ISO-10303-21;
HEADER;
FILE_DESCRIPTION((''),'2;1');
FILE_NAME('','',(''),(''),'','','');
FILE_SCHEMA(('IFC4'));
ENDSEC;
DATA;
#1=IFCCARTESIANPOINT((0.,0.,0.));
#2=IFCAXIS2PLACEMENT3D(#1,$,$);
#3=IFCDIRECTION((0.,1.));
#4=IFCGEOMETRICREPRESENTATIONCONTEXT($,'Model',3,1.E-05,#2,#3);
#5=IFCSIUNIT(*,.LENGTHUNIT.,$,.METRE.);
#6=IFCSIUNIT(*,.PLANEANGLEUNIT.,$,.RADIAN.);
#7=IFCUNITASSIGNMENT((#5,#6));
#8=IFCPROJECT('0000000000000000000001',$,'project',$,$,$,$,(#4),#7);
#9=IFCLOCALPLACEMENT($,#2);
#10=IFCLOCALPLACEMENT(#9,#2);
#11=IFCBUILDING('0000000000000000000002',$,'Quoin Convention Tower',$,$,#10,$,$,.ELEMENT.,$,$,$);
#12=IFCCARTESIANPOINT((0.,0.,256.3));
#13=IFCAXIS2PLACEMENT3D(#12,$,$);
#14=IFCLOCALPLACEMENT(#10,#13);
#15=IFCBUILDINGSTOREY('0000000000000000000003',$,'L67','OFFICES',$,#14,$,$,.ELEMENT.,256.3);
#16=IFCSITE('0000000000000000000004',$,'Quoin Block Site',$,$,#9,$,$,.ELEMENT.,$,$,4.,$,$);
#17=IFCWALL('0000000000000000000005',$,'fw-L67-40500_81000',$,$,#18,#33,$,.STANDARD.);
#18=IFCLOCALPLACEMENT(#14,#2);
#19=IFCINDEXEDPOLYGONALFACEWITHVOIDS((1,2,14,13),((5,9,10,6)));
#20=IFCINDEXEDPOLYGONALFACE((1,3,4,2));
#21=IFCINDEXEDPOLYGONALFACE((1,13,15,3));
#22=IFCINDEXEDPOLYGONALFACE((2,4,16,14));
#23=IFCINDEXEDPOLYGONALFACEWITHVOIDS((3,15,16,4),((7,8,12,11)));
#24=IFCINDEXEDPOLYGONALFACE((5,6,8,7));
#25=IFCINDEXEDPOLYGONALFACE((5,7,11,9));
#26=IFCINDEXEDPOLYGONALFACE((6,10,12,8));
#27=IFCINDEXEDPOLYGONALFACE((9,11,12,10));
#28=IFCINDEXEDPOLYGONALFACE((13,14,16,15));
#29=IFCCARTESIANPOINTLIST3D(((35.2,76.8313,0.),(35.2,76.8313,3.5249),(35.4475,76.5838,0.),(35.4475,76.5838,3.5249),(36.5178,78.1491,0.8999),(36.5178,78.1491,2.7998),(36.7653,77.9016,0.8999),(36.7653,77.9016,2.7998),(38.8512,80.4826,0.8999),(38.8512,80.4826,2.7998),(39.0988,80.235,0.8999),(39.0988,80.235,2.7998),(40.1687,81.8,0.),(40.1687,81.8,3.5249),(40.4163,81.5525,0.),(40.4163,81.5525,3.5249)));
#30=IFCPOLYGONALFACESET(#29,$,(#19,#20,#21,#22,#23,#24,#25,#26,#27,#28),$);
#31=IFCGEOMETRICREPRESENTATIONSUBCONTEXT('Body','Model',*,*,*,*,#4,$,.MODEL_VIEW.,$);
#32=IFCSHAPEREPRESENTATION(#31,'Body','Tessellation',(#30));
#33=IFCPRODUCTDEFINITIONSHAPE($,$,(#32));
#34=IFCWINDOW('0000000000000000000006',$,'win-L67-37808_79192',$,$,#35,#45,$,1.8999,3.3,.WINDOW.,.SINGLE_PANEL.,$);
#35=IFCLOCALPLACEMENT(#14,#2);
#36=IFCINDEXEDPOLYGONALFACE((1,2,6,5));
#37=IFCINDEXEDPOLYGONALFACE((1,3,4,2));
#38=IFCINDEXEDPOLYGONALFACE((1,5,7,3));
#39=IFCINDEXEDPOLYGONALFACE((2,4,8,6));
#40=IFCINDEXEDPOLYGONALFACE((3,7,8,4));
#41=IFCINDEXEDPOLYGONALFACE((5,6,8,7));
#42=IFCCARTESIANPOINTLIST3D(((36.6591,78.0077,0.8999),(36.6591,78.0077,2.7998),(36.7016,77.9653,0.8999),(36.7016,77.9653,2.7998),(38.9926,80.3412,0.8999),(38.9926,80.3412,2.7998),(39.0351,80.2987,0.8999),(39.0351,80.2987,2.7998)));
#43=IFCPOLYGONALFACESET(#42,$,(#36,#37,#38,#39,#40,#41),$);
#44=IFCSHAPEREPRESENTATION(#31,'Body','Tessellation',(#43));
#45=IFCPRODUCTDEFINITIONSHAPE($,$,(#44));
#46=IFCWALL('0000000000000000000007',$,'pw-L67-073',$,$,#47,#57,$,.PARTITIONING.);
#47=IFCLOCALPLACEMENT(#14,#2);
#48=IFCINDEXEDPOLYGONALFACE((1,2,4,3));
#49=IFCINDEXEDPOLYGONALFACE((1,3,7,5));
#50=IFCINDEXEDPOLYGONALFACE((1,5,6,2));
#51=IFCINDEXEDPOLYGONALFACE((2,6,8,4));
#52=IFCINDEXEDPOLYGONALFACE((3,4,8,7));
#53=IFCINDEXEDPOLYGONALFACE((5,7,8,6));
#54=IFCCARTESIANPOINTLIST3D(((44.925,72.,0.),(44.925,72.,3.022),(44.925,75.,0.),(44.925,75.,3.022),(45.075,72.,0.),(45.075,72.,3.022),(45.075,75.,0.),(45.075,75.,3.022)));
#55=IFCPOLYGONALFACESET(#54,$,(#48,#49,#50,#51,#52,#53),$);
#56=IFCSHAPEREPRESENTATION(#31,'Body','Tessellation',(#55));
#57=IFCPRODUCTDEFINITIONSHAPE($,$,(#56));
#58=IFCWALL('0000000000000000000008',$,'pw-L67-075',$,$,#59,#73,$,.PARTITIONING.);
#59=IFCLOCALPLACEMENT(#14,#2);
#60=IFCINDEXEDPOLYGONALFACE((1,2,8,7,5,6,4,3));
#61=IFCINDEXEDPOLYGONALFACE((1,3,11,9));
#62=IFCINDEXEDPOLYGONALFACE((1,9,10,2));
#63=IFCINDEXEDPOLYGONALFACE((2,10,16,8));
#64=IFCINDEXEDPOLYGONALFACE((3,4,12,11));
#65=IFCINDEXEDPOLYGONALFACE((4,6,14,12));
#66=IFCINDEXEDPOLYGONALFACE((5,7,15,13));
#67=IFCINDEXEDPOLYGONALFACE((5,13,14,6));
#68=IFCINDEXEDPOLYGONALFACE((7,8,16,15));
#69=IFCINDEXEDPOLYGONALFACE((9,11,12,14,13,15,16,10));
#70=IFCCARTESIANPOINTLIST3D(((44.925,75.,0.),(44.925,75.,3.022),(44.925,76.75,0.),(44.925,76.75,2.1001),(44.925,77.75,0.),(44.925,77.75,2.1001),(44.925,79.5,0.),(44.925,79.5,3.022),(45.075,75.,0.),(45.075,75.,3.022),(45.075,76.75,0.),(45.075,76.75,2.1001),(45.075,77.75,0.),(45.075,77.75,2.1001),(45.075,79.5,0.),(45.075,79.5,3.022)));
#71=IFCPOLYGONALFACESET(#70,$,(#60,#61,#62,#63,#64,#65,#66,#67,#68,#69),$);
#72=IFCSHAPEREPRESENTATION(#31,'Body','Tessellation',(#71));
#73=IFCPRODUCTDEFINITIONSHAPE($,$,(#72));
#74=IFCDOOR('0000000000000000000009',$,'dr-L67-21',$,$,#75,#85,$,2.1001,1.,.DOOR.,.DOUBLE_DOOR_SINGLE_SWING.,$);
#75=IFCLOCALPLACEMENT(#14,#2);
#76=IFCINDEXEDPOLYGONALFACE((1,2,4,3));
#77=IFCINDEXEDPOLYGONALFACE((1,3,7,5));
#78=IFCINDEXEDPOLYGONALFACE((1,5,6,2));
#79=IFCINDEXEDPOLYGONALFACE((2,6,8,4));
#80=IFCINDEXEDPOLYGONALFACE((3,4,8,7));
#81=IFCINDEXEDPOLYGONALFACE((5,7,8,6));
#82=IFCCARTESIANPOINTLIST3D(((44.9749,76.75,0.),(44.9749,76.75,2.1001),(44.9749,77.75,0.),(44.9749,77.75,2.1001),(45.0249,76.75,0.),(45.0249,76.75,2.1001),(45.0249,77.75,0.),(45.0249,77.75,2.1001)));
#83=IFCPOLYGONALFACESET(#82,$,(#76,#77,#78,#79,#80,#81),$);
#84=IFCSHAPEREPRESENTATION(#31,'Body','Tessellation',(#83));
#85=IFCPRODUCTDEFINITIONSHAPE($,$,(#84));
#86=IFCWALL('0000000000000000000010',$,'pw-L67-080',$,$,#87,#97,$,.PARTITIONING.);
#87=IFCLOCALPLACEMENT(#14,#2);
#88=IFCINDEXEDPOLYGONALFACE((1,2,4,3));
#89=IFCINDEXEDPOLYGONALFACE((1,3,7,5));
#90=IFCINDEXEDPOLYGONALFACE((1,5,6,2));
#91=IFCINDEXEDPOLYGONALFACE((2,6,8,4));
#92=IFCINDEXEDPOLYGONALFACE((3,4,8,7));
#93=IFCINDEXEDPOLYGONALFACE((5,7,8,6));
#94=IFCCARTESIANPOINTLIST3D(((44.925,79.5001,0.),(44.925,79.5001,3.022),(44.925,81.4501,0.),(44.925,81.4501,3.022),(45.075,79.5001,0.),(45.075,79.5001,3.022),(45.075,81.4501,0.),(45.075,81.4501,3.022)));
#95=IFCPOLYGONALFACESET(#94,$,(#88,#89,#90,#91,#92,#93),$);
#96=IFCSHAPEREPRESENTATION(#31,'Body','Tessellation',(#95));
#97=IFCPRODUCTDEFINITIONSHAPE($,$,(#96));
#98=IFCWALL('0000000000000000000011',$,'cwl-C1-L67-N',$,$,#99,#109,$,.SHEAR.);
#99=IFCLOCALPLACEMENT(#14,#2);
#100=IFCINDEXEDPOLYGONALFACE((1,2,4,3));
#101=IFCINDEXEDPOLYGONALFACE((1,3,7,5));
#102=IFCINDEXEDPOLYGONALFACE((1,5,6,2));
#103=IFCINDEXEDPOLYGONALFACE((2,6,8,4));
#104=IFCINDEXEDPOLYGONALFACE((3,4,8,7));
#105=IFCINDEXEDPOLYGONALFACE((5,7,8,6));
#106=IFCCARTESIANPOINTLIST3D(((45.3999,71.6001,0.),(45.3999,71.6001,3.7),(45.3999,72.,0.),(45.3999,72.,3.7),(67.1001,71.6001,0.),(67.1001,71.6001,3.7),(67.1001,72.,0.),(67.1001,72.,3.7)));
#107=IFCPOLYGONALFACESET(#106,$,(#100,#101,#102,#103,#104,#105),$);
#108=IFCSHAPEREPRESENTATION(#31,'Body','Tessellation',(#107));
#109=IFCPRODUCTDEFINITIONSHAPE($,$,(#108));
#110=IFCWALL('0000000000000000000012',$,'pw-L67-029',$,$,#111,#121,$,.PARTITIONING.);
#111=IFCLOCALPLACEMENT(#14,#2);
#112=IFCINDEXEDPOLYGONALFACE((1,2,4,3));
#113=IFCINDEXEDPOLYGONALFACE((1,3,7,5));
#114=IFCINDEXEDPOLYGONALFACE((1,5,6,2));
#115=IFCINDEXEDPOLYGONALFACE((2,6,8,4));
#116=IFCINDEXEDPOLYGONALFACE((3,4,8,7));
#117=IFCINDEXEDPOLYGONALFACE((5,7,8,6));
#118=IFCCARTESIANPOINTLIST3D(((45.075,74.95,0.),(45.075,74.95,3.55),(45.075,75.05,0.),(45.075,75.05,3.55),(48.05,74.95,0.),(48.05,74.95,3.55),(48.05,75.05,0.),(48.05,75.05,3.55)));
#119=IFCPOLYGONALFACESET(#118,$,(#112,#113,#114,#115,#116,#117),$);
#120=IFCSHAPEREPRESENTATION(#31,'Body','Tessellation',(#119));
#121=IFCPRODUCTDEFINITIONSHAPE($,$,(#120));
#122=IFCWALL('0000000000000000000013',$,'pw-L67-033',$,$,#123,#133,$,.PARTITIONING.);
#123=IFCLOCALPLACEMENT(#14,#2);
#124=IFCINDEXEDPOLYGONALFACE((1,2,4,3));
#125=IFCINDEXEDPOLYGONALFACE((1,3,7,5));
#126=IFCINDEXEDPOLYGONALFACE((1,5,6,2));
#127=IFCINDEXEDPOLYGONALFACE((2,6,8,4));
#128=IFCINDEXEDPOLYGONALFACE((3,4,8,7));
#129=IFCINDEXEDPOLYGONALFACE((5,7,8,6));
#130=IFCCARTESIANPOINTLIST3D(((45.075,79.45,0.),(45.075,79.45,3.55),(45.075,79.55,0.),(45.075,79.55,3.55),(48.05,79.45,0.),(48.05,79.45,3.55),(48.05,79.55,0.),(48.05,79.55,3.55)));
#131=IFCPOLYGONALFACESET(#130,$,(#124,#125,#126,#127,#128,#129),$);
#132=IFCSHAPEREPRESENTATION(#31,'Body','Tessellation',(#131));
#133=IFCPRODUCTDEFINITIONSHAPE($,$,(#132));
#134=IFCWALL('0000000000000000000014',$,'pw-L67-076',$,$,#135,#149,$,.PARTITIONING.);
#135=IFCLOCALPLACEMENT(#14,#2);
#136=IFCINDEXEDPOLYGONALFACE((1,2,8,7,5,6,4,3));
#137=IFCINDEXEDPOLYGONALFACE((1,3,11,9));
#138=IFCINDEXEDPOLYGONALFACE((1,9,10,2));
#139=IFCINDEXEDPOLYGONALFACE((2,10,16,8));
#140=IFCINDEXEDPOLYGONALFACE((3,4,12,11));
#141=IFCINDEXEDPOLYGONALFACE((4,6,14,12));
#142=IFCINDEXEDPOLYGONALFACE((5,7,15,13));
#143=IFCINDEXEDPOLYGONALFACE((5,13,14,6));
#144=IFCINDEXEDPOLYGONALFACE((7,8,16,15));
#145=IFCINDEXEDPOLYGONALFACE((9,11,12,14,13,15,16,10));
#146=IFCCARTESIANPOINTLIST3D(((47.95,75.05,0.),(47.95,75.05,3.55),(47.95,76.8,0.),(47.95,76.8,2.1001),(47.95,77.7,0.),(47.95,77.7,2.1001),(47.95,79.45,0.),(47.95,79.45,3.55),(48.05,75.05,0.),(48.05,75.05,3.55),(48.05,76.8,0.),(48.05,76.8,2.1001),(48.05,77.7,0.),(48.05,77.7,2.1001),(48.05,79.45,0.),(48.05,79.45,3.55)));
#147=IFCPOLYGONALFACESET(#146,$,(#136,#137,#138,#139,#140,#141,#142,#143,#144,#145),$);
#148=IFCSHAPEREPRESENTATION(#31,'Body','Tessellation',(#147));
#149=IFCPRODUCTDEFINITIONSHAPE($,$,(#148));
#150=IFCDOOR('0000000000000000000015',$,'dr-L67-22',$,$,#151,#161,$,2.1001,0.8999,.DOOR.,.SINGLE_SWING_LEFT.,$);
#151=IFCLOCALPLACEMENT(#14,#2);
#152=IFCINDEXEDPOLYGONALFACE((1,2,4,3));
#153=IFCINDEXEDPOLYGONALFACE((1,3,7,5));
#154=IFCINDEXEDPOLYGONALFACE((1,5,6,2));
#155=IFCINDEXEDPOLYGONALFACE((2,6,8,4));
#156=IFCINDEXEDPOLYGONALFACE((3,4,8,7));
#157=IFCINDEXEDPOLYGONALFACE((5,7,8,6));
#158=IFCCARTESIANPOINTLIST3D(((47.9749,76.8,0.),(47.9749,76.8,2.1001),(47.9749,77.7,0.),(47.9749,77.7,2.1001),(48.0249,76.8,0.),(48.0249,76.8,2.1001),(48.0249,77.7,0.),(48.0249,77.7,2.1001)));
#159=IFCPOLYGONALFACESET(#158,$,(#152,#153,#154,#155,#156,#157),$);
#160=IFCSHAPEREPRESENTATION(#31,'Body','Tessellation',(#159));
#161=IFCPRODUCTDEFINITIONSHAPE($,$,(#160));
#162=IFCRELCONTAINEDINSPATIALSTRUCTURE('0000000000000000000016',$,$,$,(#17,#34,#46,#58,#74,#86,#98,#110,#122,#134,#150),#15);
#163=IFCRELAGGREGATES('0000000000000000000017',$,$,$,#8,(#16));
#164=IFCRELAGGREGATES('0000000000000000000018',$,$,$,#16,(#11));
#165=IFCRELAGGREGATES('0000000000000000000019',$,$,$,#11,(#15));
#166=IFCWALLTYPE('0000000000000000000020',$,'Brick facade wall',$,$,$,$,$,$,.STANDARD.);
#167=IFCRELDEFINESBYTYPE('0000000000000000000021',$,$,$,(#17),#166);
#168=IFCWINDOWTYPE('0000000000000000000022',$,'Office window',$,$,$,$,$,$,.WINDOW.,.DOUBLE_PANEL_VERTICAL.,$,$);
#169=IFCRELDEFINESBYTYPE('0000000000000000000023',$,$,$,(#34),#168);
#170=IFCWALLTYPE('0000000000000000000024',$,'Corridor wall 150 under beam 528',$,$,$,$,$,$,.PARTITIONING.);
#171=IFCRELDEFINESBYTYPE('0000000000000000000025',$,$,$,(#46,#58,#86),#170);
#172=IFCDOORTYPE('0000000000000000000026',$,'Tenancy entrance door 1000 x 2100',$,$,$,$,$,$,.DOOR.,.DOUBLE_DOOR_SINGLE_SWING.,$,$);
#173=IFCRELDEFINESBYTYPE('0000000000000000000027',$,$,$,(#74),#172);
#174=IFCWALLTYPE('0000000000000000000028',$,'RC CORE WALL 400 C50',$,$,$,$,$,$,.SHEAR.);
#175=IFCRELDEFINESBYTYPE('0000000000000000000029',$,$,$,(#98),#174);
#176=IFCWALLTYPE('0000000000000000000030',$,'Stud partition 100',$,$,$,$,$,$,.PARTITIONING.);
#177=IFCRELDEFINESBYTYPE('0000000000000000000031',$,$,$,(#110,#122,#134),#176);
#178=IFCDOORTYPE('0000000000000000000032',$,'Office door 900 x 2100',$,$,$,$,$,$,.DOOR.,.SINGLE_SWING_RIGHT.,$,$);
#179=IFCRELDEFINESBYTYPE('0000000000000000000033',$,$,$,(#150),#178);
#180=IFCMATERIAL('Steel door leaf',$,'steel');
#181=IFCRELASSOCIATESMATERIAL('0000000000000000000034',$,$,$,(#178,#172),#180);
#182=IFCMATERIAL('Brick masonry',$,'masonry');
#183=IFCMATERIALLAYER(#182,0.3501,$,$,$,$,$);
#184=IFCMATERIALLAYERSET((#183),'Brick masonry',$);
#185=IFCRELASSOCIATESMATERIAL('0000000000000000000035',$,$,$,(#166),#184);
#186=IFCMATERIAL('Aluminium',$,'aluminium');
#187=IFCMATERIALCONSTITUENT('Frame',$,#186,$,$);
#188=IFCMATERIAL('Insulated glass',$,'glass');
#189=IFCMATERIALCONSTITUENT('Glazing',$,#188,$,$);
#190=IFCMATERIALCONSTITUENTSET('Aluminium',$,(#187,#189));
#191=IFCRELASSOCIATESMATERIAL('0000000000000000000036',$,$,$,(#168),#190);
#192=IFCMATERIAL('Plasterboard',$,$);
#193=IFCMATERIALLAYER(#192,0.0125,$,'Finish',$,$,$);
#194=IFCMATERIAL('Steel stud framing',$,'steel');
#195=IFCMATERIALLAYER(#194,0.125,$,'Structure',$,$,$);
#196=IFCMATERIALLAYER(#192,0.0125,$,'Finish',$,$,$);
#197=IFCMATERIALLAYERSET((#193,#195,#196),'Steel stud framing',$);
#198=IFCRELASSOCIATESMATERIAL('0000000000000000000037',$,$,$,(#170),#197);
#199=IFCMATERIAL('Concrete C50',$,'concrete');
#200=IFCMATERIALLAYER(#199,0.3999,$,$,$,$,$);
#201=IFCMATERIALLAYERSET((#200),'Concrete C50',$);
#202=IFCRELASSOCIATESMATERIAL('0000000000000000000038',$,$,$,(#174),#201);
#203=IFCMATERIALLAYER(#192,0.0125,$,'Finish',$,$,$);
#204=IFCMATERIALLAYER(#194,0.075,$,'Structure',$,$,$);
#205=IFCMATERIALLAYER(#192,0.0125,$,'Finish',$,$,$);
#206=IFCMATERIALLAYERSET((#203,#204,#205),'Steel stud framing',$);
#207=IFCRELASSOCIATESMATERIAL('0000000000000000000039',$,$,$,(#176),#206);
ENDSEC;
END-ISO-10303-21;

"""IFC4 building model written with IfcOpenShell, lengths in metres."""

from ifc_helpers import new_model, si_unit, direction, frame, frame_2d, origin, place, context, subcontext, project, spatial, rectangle, extrude, material, layer, layer_set, constituent, constituent_set, type_object, element, fill, save


model = new_model("IFC4")

# Units and contexts
model_context = context("Model", 3, precision=1e-05, world=origin(), true_north=direction((0.0, 1.0)))
body_context = subcontext(model_context, "Body", "Model", "MODEL_VIEW")
ifc_project = project(units=[si_unit("LENGTHUNIT", "METRE"), si_unit("PLANEANGLEUNIT", "RADIAN")], contexts=[model_context])

# Site, building, storey
site_placement = place(None, origin())
site = spatial("IfcSite", under=ifc_project, at=site_placement, Name="Quoin Block Site", CompositionType="ELEMENT", RefElevation=4.0)
building_placement = place(site_placement, origin())
building = spatial("IfcBuilding", under=site, at=building_placement, Name="Quoin Convention Tower", CompositionType="ELEMENT")
storey_placement = place(building_placement, frame((0.0, 0.0, 256.3)))
storey = spatial("IfcBuildingStorey", under=building, at=storey_placement, Name="L67", Description="OFFICES", CompositionType="ELEMENT", Elevation=256.3)

# Shared definitions
ifc_material_1 = material(Name="Concrete C50", Category="concrete")

# Shared definitions
ifc_material_2 = material(Name="Plasterboard")
ifc_material_3 = material(Name="Steel stud framing", Category="steel")
ifc_material_4 = material(Name="Steel door leaf", Category="steel")
door_type_1 = type_object("IfcDoorType", Name="Office door 900 x 2100", OperationType="SINGLE_SWING_RIGHT", PredefinedType="DOOR", material=ifc_material_4)

# Wall, opening, window
ifc_material_5 = material(Name="Brick masonry", Category="masonry")
ifc_layer_1 = layer(ifc_material_5, 0.3501)
ifc_layer_set_1 = layer_set([ifc_layer_1], Name="Brick masonry")
wall_type_1 = type_object("IfcWallType", Name="Brick facade wall", PredefinedType="STANDARD", material=ifc_layer_set_1)
wall_1_placement = place(storey_placement, frame((40.2925, 81.6763, 0.0), z_axis=(0.0, 0.0, 1.0), x_axis=(-0.707107, -0.707107, 0.0)))
wall_1 = element("IfcWall", 1, at=wall_1_placement, inside=storey, type_object=wall_type_1, Name="fw-L67-40500_81000", PredefinedType="STANDARD", context=body_context, shape_type="SweptSolid", body=[
    extrude(rectangle(XDim=7.0269, YDim=0.3501, at=frame_2d((3.5134, 0.0))), origin(), (0.0, 0.0, 1.0), 3.5249),
])
opening_1_placement = place(wall_1_placement, frame((1.8633, 0.0, 0.8999)))
opening_1 = element("IfcOpeningElement", 2, at=opening_1_placement, cuts=wall_1, PredefinedType="OPENING", context=body_context, shape_type="SweptSolid", body=[
    extrude(rectangle(XDim=3.3, YDim=1.8999, at=frame_2d((1.6499, 0.95))), frame((0.0, 0.1851, 0.0), z_axis=(0.0, -1.0, 0.0), x_axis=(1.0, 0.0, 0.0)), (0.0, 0.0, 1.0), 0.3701),
])
ifc_material_6 = material(Name="Aluminium", Category="aluminium")
ifc_constituent_1 = constituent(ifc_material_6, Name="Frame")
ifc_material_7 = material(Name="Insulated glass", Category="glass")
ifc_constituent_2 = constituent(ifc_material_7, Name="Glazing")
ifc_constituent_set = constituent_set(constituents=[ifc_constituent_1, ifc_constituent_2], Name="Aluminium")
window_type = type_object("IfcWindowType", Name="Office window", PartitioningType="DOUBLE_PANEL_VERTICAL", PredefinedType="WINDOW", material=ifc_constituent_set)
window_placement = place(opening_1_placement, origin())
window = element("IfcWindow", 3, at=window_placement, inside=storey, type_object=window_type, Name="win-L67-37808_79192", OverallHeight=1.8999, OverallWidth=3.3, PartitioningType="SINGLE_PANEL", PredefinedType="WINDOW", context=body_context, shape_type="SweptSolid", body=[
    extrude(rectangle(XDim=3.3, YDim=1.8999, at=frame_2d((1.6499, 0.95))), frame((0.0, 0.085, 0.0), z_axis=(0.0, -1.0, 0.0), x_axis=(1.0, 0.0, 0.0)), (0.0, 0.0, 1.0), 0.0601),
])
fill(opening_1, window)

# Wall
ifc_layer_2 = layer(ifc_material_2, 0.0125, Name="Finish")
ifc_layer_3 = layer(ifc_material_3, 0.125, Name="Structure")
ifc_layer_4 = layer(ifc_material_2, 0.0125, Name="Finish")
ifc_layer_set_2 = layer_set([ifc_layer_2, ifc_layer_3, ifc_layer_4], Name="Steel stud framing")
wall_type_2 = type_object("IfcWallType", Name="Corridor wall 150 under beam 528", PredefinedType="PARTITIONING", material=ifc_layer_set_2)
wall_2_placement = place(storey_placement, frame((45.0, 72.0, 0.0), z_axis=(0.0, 0.0, 1.0), x_axis=(0.0, 1.0, 0.0)))
element("IfcWall", 4, at=wall_2_placement, inside=storey, type_object=wall_type_2, Name="pw-L67-073", PredefinedType="PARTITIONING", context=body_context, shape_type="SweptSolid", body=[
    extrude(rectangle(XDim=3.0, YDim=0.1499, at=frame_2d((1.5, 0.0))), origin(), (0.0, 0.0, 1.0), 3.022),
])

# Wall, opening, door
wall_3_placement = place(storey_placement, frame((45.0, 75.0, 0.0), z_axis=(0.0, 0.0, 1.0), x_axis=(0.0, 1.0, 0.0)))
wall_3 = element("IfcWall", 5, at=wall_3_placement, inside=storey, type_object=wall_type_2, Name="pw-L67-075", PredefinedType="PARTITIONING", context=body_context, shape_type="SweptSolid", body=[
    extrude(rectangle(XDim=4.5, YDim=0.1499, at=frame_2d((2.25, 0.0))), origin(), (0.0, 0.0, 1.0), 3.022),
])
opening_2_placement = place(wall_3_placement, frame((1.75, 0.0, 0.0)))
opening_2 = element("IfcOpeningElement", 6, at=opening_2_placement, cuts=wall_3, PredefinedType="OPENING", context=body_context, shape_type="SweptSolid", body=[
    extrude(rectangle(XDim=1.0, YDim=2.1001, at=frame_2d((0.5, 1.05))), frame((0.0, 0.085, 0.0), z_axis=(0.0, -1.0, 0.0), x_axis=(1.0, 0.0, 0.0)), (0.0, 0.0, 1.0), 0.1699),
])
door_type_2 = type_object("IfcDoorType", Name="Tenancy entrance door 1000 x 2100", OperationType="DOUBLE_DOOR_SINGLE_SWING", PredefinedType="DOOR", material=ifc_material_4)
door_1_placement = place(opening_2_placement, frame((1.0, 0.0, 0.0), z_axis=(0.0, 0.0, 1.0), x_axis=(-1.0, 0.0, 0.0)))
door_1 = element("IfcDoor", 7, at=door_1_placement, inside=storey, type_object=door_type_2, Name="dr-L67-21", OperationType="DOUBLE_DOOR_SINGLE_SWING", OverallHeight=2.1001, OverallWidth=1.0, PredefinedType="DOOR", context=body_context, shape_type="SweptSolid", body=[
    extrude(rectangle(XDim=1.0, YDim=2.1001, at=frame_2d((0.5, 1.05))), frame((0.0, 0.0249, 0.0), z_axis=(0.0, -1.0, 0.0), x_axis=(1.0, 0.0, 0.0)), (0.0, 0.0, 1.0), 0.05),
])
fill(opening_2, door_1)

# Walls
wall_4_placement = place(storey_placement, frame((45.0, 79.5, 0.0), z_axis=(0.0, 0.0, 1.0), x_axis=(0.0, 1.0, 0.0)))
element("IfcWall", 8, at=wall_4_placement, inside=storey, type_object=wall_type_2, Name="pw-L67-080", PredefinedType="PARTITIONING", context=body_context, shape_type="SweptSolid", body=[
    extrude(rectangle(XDim=1.95, YDim=0.1499, at=frame_2d((0.9751, 0.0))), origin(), (0.0, 0.0, 1.0), 3.022),
])
ifc_layer_5 = layer(ifc_material_1, 0.3999)
ifc_layer_set_3 = layer_set([ifc_layer_5], Name="Concrete C50")
wall_type_3 = type_object("IfcWallType", Name="RC CORE WALL 400 C50", PredefinedType="SHEAR", material=ifc_layer_set_3)
wall_5_placement = place(storey_placement, frame((45.3999, 71.8, 0.0), z_axis=(0.0, 0.0, 1.0), x_axis=(1.0, 0.0, 0.0)))
element("IfcWall", 9, at=wall_5_placement, inside=storey, type_object=wall_type_3, Name="cwl-C1-L67-N", PredefinedType="SHEAR", context=body_context, shape_type="SweptSolid", body=[
    extrude(rectangle(XDim=21.7002, YDim=0.3999, at=frame_2d((10.8501, 0.0))), origin(), (0.0, 0.0, 1.0), 3.7),
])
ifc_layer_6 = layer(ifc_material_2, 0.0125, Name="Finish")
ifc_layer_7 = layer(ifc_material_3, 0.075, Name="Structure")
ifc_layer_8 = layer(ifc_material_2, 0.0125, Name="Finish")
ifc_layer_set_4 = layer_set([ifc_layer_6, ifc_layer_7, ifc_layer_8], Name="Steel stud framing")
wall_type_4 = type_object("IfcWallType", Name="Stud partition 100", PredefinedType="PARTITIONING", material=ifc_layer_set_4)
for number, where, z_axis, x_axis, name in (
    (10, (45.075, 75.0, 0.0), (0.0, 0.0, 1.0), (1.0, 0.0, 0.0), "pw-L67-029"),
    (11, (45.075, 79.5, 0.0), (0.0, 0.0, 1.0), (1.0, 0.0, 0.0), "pw-L67-033"),
):
    element("IfcWall", number, at=place(storey_placement, frame(where, z_axis=z_axis, x_axis=x_axis)), inside=storey, type_object=wall_type_4, Name=name, PredefinedType="PARTITIONING", context=body_context, shape_type="SweptSolid", body=[
        extrude(rectangle(XDim=2.9751, YDim=0.1001, at=frame_2d((1.4875, 0.0))), origin(), (0.0, 0.0, 1.0), 3.55),
    ])

# Wall, opening, door
wall_6_placement = place(storey_placement, frame((48.0, 75.05, 0.0), z_axis=(0.0, 0.0, 1.0), x_axis=(0.0, 1.0, 0.0)))
wall_6 = element("IfcWall", 12, at=wall_6_placement, inside=storey, type_object=wall_type_4, Name="pw-L67-076", PredefinedType="PARTITIONING", context=body_context, shape_type="SweptSolid", body=[
    extrude(rectangle(XDim=4.3999, YDim=0.1001, at=frame_2d((2.2, 0.0))), origin(), (0.0, 0.0, 1.0), 3.55),
])
opening_3_placement = place(wall_6_placement, frame((1.75, 0.0, 0.0)))
opening_3 = element("IfcOpeningElement", 13, at=opening_3_placement, cuts=wall_6, PredefinedType="OPENING", context=body_context, shape_type="SweptSolid", body=[
    extrude(rectangle(XDim=0.8999, YDim=2.1001, at=frame_2d((0.45, 1.05))), frame((0.0, 0.0601, 0.0), z_axis=(0.0, -1.0, 0.0), x_axis=(1.0, 0.0, 0.0)), (0.0, 0.0, 1.0), 0.1201),
])
door_2_placement = place(opening_3_placement, frame((0.8999, 0.0, 0.0), z_axis=(0.0, 0.0, 1.0), x_axis=(-1.0, 0.0, 0.0)))
door_2 = element("IfcDoor", 14, at=door_2_placement, inside=storey, type_object=door_type_1, Name="dr-L67-22", OperationType="SINGLE_SWING_LEFT", OverallHeight=2.1001, OverallWidth=0.8999, PredefinedType="DOOR", context=body_context, shape_type="SweptSolid", body=[
    extrude(rectangle(XDim=0.8999, YDim=2.1001, at=frame_2d((0.45, 1.05))), frame((0.0, 0.0249, 0.0), z_axis=(0.0, -1.0, 0.0), x_axis=(1.0, 0.0, 0.0)), (0.0, 0.0, 1.0), 0.05),
])
fill(opening_3, door_2)

save(model, "model.ifc")
